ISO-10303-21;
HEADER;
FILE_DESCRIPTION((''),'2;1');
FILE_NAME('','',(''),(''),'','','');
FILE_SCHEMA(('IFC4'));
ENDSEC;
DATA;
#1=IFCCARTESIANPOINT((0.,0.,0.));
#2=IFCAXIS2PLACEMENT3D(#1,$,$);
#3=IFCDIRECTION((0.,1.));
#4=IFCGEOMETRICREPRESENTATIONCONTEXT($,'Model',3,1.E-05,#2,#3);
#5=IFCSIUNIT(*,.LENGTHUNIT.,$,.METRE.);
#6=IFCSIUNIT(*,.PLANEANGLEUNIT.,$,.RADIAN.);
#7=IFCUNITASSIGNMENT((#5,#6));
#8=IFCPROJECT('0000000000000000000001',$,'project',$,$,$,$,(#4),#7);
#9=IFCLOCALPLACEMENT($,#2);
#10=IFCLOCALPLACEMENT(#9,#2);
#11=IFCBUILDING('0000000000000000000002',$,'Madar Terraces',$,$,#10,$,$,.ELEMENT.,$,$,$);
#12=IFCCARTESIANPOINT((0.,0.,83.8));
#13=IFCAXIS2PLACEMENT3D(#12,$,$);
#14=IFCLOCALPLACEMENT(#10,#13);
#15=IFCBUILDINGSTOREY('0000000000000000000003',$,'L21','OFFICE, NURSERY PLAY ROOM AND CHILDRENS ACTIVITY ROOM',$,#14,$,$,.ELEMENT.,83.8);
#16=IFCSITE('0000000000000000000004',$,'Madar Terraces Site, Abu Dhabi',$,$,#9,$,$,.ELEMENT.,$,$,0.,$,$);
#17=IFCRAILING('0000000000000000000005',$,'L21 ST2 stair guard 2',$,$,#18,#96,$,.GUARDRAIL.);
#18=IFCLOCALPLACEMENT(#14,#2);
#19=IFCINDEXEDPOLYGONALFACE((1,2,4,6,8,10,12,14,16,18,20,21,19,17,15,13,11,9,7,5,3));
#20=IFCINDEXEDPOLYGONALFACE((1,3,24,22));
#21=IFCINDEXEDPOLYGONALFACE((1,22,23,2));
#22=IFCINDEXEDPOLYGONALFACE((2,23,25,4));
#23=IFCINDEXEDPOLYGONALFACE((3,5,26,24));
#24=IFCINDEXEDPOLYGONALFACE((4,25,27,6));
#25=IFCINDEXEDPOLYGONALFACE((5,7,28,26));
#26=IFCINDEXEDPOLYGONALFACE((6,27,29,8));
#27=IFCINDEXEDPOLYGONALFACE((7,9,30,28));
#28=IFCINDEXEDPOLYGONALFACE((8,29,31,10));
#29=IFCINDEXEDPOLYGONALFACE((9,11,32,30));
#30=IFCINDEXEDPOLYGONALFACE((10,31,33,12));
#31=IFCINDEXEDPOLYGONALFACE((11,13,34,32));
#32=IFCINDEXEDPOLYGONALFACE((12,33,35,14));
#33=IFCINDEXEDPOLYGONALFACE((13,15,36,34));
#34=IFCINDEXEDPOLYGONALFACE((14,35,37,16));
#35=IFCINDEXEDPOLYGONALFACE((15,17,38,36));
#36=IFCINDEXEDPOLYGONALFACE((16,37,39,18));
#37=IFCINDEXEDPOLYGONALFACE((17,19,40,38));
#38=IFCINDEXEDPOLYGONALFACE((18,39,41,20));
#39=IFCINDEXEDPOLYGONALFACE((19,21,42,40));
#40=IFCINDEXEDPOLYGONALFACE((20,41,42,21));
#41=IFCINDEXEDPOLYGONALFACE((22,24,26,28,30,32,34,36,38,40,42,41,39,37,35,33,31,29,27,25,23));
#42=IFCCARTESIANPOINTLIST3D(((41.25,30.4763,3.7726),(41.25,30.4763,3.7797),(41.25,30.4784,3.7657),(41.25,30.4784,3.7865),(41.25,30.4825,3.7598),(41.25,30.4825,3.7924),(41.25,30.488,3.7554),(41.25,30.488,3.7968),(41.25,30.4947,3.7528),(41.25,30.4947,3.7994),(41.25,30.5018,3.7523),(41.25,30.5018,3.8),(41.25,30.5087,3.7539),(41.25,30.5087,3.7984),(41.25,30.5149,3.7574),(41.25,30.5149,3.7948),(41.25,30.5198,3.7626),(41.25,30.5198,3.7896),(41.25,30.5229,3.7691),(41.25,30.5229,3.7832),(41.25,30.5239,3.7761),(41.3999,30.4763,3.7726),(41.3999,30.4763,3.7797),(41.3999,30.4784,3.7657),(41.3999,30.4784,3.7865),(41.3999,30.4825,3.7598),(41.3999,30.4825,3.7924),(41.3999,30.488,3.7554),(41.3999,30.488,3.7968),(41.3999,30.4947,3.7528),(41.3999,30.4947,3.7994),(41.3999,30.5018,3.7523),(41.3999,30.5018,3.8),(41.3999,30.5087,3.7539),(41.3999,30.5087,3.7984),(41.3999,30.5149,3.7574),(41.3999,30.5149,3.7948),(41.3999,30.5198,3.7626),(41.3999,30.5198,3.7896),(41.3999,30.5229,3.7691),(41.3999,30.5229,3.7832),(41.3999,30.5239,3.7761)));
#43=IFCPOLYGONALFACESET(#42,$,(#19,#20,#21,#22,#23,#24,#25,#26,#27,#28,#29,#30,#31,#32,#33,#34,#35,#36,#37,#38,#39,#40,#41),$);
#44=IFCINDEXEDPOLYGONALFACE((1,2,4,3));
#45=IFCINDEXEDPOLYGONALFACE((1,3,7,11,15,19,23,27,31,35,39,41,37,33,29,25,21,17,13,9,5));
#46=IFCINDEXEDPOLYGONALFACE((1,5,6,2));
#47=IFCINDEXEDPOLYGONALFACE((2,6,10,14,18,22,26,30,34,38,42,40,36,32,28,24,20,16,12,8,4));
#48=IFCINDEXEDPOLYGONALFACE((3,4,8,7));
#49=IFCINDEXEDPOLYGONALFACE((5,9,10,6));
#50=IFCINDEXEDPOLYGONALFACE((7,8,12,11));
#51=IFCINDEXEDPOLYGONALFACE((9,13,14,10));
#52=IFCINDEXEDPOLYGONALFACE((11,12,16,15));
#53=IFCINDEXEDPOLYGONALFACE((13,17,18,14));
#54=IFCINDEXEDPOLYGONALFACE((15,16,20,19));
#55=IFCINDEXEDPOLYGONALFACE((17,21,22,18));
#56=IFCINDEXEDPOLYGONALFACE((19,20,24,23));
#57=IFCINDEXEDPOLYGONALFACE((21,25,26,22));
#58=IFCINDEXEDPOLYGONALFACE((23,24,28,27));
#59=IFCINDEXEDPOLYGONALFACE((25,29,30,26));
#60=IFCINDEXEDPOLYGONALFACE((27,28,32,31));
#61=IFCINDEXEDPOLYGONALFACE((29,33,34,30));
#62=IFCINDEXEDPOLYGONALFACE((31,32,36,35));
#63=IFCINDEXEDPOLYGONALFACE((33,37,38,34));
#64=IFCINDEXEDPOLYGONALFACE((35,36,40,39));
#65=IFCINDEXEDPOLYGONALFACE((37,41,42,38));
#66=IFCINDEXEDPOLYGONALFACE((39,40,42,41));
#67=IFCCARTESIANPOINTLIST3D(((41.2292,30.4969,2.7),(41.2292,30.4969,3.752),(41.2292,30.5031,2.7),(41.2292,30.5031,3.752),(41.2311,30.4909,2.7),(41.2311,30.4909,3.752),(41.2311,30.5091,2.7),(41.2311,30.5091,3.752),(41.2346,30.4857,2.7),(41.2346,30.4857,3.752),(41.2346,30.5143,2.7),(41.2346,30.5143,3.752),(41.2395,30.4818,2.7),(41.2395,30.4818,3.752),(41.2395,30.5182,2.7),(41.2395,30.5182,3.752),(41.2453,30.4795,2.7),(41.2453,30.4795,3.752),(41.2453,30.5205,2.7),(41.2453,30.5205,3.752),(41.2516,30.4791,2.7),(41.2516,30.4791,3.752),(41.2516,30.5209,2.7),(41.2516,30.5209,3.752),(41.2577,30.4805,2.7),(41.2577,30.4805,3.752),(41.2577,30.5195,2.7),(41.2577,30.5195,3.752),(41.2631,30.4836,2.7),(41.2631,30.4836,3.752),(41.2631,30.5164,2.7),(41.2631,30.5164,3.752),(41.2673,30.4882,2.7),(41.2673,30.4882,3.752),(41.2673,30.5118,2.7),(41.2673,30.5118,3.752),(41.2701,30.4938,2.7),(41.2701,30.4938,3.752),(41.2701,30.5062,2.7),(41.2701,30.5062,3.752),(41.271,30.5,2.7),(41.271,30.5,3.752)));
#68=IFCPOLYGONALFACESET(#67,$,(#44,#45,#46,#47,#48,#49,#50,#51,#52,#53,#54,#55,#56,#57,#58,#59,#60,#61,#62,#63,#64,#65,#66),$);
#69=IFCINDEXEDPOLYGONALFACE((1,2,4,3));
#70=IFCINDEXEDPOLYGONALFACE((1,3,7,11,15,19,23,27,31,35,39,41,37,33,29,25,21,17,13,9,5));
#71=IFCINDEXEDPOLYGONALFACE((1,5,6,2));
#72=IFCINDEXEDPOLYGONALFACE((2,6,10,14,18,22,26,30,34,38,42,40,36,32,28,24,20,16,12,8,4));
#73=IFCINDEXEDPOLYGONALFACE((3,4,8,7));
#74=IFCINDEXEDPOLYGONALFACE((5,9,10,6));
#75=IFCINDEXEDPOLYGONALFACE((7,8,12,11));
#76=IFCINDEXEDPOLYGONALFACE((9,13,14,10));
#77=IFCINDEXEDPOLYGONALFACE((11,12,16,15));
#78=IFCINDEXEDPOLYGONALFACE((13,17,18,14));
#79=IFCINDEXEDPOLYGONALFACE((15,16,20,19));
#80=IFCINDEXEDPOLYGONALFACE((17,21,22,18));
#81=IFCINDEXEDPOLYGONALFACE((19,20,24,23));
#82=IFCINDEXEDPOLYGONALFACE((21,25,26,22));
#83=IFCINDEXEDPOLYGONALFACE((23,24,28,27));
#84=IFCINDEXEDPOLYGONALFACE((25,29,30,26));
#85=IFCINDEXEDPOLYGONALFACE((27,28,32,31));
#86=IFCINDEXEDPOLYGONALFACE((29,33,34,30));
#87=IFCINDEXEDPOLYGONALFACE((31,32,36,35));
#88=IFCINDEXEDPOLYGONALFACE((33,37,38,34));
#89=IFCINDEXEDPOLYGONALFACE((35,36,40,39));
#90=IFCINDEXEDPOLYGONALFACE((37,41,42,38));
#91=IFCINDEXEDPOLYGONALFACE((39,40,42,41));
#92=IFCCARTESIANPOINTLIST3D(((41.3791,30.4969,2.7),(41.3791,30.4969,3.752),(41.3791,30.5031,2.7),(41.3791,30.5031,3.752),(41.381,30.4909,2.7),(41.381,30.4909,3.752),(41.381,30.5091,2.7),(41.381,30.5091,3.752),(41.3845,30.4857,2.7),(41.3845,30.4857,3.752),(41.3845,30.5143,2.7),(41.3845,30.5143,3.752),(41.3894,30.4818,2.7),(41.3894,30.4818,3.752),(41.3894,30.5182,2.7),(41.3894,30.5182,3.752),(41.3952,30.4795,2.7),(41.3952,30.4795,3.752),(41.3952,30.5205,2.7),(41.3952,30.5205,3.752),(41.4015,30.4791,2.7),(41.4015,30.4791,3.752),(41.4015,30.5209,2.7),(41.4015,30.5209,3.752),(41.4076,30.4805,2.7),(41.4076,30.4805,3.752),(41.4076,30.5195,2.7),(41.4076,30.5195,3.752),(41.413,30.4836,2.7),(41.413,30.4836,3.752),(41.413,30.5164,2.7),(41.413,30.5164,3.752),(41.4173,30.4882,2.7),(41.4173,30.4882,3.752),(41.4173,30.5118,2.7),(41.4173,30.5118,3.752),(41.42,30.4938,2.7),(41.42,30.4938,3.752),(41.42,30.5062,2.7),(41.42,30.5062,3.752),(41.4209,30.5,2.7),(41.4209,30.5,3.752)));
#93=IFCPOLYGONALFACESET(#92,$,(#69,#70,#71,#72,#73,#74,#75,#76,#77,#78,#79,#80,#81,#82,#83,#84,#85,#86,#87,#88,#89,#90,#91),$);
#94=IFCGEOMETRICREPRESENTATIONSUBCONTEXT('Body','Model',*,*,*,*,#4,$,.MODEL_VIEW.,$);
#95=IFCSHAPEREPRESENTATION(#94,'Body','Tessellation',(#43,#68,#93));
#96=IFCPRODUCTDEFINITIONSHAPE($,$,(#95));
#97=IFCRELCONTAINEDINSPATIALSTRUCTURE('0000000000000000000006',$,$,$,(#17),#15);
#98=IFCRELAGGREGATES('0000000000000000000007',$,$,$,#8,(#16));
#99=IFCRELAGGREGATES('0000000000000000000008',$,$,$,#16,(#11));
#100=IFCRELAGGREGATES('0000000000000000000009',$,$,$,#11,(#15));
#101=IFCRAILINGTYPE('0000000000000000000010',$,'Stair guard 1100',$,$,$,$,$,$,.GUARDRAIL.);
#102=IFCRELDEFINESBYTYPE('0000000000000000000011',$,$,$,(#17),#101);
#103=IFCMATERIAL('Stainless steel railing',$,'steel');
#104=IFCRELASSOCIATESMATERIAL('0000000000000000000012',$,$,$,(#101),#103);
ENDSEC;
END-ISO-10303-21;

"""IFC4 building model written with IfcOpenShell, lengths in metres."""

from ifc_helpers import new_model, si_unit, direction, frame, origin, origin_2d, place, context, subcontext, project, spatial, circle, extrude, material, type_object, element, save


model = new_model("IFC4")

# Units and contexts
model_context = context("Model", 3, precision=1e-05, world=origin(), true_north=direction((0.0, 1.0)))
body_context = subcontext(model_context, "Body", "Model", "MODEL_VIEW")
ifc_project = project(units=[si_unit("LENGTHUNIT", "METRE"), si_unit("PLANEANGLEUNIT", "RADIAN")], contexts=[model_context])

# Site, building, storey
site_placement = place(None, origin())
site = spatial("IfcSite", under=ifc_project, at=site_placement, Name="Madar Terraces Site, Abu Dhabi", CompositionType="ELEMENT", RefElevation=0.0)
building_placement = place(site_placement, origin())
building = spatial("IfcBuilding", under=site, at=building_placement, Name="Madar Terraces", CompositionType="ELEMENT")
storey_placement = place(building_placement, frame((0.0, 0.0, 83.8)))
storey = spatial("IfcBuildingStorey", under=building, at=storey_placement, Name="L21", Description="OFFICE, NURSERY PLAY ROOM AND CHILDRENS ACTIVITY ROOM", CompositionType="ELEMENT", Elevation=83.8)

# Railing
ifc_material_1 = material(Name="Stainless steel railing", Category="steel")
railing_type_1 = type_object("IfcRailingType", Name="Stair guard 1100", PredefinedType="GUARDRAIL", material=ifc_material_1)
railing_1_placement = place(storey_placement, frame((41.25, 30.5, 2.7)))
element("IfcRailing", 1, at=railing_1_placement, inside=storey, type_object=railing_type_1, Name="L21 ST2 stair guard 2", PredefinedType="GUARDRAIL", context=body_context, shape_type="SweptSolid", body=[
    extrude(circle(Radius=0.0239, at=origin_2d()), frame((0.0, 0.0, 1.0762), z_axis=(1.0, 0.0, 0.0), x_axis=(0.0, 1.0, 0.0)), (0.0, 0.0, 1.0), 0.1499),
    extrude(circle(Radius=0.021, at=origin_2d()), origin(), (0.0, 0.0, 1.0), 1.052),
    extrude(circle(Radius=0.021, at=origin_2d()), frame((0.1499, 0.0, 0.0)), (0.0, 0.0, 1.0), 1.052),
])

save(model, "model.ifc")
